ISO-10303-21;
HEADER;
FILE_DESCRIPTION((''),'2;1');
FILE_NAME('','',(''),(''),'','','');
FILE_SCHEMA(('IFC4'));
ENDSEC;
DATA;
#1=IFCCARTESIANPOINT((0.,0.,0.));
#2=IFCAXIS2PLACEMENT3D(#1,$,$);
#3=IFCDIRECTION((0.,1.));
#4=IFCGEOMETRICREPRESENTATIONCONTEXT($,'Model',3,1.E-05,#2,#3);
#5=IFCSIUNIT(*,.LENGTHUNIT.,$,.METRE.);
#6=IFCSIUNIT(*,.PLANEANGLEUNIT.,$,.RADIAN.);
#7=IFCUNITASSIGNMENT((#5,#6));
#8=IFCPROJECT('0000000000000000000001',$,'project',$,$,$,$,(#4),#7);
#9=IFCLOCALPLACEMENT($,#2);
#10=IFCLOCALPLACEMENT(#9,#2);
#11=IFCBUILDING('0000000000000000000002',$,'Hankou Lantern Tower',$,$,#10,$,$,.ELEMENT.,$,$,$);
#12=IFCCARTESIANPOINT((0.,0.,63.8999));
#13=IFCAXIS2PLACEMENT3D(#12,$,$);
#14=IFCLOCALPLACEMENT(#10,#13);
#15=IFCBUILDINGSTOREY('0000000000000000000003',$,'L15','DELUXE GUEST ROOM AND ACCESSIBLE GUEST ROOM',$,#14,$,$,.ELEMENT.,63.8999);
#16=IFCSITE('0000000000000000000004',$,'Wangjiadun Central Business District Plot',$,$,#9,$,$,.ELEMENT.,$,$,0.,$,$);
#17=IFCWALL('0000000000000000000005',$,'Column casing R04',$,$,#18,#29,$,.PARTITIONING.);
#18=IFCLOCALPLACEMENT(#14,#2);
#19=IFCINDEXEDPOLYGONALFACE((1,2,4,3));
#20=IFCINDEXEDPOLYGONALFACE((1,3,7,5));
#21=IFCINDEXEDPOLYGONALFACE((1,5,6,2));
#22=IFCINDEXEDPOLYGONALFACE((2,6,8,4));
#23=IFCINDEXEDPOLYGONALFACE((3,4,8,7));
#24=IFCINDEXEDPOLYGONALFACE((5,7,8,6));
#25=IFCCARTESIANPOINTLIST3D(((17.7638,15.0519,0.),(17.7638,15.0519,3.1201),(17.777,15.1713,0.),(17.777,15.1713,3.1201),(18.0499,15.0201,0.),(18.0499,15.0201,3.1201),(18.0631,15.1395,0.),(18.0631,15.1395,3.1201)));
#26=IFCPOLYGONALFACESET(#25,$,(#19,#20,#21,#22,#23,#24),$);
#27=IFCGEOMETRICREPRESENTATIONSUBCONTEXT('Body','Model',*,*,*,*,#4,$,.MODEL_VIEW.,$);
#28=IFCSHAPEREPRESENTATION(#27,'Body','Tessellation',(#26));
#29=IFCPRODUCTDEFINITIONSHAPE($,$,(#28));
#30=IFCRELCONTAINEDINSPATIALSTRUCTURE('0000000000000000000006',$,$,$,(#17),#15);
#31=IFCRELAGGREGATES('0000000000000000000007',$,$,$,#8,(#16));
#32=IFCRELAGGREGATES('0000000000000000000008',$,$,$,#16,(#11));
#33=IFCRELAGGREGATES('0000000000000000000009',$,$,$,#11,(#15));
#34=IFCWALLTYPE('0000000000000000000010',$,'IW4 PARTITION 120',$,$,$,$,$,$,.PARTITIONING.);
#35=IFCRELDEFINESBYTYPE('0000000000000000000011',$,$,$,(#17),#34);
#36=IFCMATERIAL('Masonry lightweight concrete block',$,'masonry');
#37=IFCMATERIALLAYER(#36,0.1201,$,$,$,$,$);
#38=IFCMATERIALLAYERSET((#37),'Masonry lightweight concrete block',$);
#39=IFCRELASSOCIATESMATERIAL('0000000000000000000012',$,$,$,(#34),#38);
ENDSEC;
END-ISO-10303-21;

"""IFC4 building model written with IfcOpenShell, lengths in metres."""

from ifc_helpers import new_model, si_unit, direction, frame, frame_2d, origin, place, context, subcontext, project, spatial, rectangle, extrude, material, layer, layer_set, type_object, element, save


model = new_model("IFC4")

# Units and contexts
model_context = context("Model", 3, precision=1e-05, world=origin(), true_north=direction((0.0, 1.0)))
body_context = subcontext(model_context, "Body", "Model", "MODEL_VIEW")
ifc_project = project(units=[si_unit("LENGTHUNIT", "METRE"), si_unit("PLANEANGLEUNIT", "RADIAN")], contexts=[model_context])

# Site, building, storey
site_placement = place(None, origin())
site = spatial("IfcSite", under=ifc_project, at=site_placement, Name="Wangjiadun Central Business District Plot", CompositionType="ELEMENT", RefElevation=0.0)
building_placement = place(site_placement, origin())
building = spatial("IfcBuilding", under=site, at=building_placement, Name="Hankou Lantern Tower", CompositionType="ELEMENT")
storey_placement = place(building_placement, frame((0.0, 0.0, 63.8999)))
storey = spatial("IfcBuildingStorey", under=building, at=storey_placement, Name="L15", Description="DELUXE GUEST ROOM AND ACCESSIBLE GUEST ROOM", CompositionType="ELEMENT", Elevation=63.8999)

# Wall
ifc_material_1 = material(Name="Masonry lightweight concrete block", Category="masonry")
ifc_layer_1 = layer(ifc_material_1, 0.1201)
ifc_layer_set_1 = layer_set([ifc_layer_1], Name="Masonry lightweight concrete block")
wall_type_1 = type_object("IfcWallType", Name="IW4 PARTITION 120", PredefinedType="PARTITIONING", material=ifc_layer_set_1)
wall_1_placement = place(storey_placement, frame((17.7703, 15.1116, 0.0), z_axis=(0.0, 0.0, 1.0), x_axis=(0.993904, -0.110245, 0.0)))
element("IfcWall", 1, at=wall_1_placement, inside=storey, type_object=wall_type_1, Name="Column casing R04", PredefinedType="PARTITIONING", context=body_context, shape_type="SweptSolid", body=[
    extrude(rectangle(XDim=0.2878, YDim=0.1201, at=frame_2d((0.144, 0.0))), origin(), (0.0, 0.0, 1.0), 3.1201),
])

save(model, "model.ifc")
